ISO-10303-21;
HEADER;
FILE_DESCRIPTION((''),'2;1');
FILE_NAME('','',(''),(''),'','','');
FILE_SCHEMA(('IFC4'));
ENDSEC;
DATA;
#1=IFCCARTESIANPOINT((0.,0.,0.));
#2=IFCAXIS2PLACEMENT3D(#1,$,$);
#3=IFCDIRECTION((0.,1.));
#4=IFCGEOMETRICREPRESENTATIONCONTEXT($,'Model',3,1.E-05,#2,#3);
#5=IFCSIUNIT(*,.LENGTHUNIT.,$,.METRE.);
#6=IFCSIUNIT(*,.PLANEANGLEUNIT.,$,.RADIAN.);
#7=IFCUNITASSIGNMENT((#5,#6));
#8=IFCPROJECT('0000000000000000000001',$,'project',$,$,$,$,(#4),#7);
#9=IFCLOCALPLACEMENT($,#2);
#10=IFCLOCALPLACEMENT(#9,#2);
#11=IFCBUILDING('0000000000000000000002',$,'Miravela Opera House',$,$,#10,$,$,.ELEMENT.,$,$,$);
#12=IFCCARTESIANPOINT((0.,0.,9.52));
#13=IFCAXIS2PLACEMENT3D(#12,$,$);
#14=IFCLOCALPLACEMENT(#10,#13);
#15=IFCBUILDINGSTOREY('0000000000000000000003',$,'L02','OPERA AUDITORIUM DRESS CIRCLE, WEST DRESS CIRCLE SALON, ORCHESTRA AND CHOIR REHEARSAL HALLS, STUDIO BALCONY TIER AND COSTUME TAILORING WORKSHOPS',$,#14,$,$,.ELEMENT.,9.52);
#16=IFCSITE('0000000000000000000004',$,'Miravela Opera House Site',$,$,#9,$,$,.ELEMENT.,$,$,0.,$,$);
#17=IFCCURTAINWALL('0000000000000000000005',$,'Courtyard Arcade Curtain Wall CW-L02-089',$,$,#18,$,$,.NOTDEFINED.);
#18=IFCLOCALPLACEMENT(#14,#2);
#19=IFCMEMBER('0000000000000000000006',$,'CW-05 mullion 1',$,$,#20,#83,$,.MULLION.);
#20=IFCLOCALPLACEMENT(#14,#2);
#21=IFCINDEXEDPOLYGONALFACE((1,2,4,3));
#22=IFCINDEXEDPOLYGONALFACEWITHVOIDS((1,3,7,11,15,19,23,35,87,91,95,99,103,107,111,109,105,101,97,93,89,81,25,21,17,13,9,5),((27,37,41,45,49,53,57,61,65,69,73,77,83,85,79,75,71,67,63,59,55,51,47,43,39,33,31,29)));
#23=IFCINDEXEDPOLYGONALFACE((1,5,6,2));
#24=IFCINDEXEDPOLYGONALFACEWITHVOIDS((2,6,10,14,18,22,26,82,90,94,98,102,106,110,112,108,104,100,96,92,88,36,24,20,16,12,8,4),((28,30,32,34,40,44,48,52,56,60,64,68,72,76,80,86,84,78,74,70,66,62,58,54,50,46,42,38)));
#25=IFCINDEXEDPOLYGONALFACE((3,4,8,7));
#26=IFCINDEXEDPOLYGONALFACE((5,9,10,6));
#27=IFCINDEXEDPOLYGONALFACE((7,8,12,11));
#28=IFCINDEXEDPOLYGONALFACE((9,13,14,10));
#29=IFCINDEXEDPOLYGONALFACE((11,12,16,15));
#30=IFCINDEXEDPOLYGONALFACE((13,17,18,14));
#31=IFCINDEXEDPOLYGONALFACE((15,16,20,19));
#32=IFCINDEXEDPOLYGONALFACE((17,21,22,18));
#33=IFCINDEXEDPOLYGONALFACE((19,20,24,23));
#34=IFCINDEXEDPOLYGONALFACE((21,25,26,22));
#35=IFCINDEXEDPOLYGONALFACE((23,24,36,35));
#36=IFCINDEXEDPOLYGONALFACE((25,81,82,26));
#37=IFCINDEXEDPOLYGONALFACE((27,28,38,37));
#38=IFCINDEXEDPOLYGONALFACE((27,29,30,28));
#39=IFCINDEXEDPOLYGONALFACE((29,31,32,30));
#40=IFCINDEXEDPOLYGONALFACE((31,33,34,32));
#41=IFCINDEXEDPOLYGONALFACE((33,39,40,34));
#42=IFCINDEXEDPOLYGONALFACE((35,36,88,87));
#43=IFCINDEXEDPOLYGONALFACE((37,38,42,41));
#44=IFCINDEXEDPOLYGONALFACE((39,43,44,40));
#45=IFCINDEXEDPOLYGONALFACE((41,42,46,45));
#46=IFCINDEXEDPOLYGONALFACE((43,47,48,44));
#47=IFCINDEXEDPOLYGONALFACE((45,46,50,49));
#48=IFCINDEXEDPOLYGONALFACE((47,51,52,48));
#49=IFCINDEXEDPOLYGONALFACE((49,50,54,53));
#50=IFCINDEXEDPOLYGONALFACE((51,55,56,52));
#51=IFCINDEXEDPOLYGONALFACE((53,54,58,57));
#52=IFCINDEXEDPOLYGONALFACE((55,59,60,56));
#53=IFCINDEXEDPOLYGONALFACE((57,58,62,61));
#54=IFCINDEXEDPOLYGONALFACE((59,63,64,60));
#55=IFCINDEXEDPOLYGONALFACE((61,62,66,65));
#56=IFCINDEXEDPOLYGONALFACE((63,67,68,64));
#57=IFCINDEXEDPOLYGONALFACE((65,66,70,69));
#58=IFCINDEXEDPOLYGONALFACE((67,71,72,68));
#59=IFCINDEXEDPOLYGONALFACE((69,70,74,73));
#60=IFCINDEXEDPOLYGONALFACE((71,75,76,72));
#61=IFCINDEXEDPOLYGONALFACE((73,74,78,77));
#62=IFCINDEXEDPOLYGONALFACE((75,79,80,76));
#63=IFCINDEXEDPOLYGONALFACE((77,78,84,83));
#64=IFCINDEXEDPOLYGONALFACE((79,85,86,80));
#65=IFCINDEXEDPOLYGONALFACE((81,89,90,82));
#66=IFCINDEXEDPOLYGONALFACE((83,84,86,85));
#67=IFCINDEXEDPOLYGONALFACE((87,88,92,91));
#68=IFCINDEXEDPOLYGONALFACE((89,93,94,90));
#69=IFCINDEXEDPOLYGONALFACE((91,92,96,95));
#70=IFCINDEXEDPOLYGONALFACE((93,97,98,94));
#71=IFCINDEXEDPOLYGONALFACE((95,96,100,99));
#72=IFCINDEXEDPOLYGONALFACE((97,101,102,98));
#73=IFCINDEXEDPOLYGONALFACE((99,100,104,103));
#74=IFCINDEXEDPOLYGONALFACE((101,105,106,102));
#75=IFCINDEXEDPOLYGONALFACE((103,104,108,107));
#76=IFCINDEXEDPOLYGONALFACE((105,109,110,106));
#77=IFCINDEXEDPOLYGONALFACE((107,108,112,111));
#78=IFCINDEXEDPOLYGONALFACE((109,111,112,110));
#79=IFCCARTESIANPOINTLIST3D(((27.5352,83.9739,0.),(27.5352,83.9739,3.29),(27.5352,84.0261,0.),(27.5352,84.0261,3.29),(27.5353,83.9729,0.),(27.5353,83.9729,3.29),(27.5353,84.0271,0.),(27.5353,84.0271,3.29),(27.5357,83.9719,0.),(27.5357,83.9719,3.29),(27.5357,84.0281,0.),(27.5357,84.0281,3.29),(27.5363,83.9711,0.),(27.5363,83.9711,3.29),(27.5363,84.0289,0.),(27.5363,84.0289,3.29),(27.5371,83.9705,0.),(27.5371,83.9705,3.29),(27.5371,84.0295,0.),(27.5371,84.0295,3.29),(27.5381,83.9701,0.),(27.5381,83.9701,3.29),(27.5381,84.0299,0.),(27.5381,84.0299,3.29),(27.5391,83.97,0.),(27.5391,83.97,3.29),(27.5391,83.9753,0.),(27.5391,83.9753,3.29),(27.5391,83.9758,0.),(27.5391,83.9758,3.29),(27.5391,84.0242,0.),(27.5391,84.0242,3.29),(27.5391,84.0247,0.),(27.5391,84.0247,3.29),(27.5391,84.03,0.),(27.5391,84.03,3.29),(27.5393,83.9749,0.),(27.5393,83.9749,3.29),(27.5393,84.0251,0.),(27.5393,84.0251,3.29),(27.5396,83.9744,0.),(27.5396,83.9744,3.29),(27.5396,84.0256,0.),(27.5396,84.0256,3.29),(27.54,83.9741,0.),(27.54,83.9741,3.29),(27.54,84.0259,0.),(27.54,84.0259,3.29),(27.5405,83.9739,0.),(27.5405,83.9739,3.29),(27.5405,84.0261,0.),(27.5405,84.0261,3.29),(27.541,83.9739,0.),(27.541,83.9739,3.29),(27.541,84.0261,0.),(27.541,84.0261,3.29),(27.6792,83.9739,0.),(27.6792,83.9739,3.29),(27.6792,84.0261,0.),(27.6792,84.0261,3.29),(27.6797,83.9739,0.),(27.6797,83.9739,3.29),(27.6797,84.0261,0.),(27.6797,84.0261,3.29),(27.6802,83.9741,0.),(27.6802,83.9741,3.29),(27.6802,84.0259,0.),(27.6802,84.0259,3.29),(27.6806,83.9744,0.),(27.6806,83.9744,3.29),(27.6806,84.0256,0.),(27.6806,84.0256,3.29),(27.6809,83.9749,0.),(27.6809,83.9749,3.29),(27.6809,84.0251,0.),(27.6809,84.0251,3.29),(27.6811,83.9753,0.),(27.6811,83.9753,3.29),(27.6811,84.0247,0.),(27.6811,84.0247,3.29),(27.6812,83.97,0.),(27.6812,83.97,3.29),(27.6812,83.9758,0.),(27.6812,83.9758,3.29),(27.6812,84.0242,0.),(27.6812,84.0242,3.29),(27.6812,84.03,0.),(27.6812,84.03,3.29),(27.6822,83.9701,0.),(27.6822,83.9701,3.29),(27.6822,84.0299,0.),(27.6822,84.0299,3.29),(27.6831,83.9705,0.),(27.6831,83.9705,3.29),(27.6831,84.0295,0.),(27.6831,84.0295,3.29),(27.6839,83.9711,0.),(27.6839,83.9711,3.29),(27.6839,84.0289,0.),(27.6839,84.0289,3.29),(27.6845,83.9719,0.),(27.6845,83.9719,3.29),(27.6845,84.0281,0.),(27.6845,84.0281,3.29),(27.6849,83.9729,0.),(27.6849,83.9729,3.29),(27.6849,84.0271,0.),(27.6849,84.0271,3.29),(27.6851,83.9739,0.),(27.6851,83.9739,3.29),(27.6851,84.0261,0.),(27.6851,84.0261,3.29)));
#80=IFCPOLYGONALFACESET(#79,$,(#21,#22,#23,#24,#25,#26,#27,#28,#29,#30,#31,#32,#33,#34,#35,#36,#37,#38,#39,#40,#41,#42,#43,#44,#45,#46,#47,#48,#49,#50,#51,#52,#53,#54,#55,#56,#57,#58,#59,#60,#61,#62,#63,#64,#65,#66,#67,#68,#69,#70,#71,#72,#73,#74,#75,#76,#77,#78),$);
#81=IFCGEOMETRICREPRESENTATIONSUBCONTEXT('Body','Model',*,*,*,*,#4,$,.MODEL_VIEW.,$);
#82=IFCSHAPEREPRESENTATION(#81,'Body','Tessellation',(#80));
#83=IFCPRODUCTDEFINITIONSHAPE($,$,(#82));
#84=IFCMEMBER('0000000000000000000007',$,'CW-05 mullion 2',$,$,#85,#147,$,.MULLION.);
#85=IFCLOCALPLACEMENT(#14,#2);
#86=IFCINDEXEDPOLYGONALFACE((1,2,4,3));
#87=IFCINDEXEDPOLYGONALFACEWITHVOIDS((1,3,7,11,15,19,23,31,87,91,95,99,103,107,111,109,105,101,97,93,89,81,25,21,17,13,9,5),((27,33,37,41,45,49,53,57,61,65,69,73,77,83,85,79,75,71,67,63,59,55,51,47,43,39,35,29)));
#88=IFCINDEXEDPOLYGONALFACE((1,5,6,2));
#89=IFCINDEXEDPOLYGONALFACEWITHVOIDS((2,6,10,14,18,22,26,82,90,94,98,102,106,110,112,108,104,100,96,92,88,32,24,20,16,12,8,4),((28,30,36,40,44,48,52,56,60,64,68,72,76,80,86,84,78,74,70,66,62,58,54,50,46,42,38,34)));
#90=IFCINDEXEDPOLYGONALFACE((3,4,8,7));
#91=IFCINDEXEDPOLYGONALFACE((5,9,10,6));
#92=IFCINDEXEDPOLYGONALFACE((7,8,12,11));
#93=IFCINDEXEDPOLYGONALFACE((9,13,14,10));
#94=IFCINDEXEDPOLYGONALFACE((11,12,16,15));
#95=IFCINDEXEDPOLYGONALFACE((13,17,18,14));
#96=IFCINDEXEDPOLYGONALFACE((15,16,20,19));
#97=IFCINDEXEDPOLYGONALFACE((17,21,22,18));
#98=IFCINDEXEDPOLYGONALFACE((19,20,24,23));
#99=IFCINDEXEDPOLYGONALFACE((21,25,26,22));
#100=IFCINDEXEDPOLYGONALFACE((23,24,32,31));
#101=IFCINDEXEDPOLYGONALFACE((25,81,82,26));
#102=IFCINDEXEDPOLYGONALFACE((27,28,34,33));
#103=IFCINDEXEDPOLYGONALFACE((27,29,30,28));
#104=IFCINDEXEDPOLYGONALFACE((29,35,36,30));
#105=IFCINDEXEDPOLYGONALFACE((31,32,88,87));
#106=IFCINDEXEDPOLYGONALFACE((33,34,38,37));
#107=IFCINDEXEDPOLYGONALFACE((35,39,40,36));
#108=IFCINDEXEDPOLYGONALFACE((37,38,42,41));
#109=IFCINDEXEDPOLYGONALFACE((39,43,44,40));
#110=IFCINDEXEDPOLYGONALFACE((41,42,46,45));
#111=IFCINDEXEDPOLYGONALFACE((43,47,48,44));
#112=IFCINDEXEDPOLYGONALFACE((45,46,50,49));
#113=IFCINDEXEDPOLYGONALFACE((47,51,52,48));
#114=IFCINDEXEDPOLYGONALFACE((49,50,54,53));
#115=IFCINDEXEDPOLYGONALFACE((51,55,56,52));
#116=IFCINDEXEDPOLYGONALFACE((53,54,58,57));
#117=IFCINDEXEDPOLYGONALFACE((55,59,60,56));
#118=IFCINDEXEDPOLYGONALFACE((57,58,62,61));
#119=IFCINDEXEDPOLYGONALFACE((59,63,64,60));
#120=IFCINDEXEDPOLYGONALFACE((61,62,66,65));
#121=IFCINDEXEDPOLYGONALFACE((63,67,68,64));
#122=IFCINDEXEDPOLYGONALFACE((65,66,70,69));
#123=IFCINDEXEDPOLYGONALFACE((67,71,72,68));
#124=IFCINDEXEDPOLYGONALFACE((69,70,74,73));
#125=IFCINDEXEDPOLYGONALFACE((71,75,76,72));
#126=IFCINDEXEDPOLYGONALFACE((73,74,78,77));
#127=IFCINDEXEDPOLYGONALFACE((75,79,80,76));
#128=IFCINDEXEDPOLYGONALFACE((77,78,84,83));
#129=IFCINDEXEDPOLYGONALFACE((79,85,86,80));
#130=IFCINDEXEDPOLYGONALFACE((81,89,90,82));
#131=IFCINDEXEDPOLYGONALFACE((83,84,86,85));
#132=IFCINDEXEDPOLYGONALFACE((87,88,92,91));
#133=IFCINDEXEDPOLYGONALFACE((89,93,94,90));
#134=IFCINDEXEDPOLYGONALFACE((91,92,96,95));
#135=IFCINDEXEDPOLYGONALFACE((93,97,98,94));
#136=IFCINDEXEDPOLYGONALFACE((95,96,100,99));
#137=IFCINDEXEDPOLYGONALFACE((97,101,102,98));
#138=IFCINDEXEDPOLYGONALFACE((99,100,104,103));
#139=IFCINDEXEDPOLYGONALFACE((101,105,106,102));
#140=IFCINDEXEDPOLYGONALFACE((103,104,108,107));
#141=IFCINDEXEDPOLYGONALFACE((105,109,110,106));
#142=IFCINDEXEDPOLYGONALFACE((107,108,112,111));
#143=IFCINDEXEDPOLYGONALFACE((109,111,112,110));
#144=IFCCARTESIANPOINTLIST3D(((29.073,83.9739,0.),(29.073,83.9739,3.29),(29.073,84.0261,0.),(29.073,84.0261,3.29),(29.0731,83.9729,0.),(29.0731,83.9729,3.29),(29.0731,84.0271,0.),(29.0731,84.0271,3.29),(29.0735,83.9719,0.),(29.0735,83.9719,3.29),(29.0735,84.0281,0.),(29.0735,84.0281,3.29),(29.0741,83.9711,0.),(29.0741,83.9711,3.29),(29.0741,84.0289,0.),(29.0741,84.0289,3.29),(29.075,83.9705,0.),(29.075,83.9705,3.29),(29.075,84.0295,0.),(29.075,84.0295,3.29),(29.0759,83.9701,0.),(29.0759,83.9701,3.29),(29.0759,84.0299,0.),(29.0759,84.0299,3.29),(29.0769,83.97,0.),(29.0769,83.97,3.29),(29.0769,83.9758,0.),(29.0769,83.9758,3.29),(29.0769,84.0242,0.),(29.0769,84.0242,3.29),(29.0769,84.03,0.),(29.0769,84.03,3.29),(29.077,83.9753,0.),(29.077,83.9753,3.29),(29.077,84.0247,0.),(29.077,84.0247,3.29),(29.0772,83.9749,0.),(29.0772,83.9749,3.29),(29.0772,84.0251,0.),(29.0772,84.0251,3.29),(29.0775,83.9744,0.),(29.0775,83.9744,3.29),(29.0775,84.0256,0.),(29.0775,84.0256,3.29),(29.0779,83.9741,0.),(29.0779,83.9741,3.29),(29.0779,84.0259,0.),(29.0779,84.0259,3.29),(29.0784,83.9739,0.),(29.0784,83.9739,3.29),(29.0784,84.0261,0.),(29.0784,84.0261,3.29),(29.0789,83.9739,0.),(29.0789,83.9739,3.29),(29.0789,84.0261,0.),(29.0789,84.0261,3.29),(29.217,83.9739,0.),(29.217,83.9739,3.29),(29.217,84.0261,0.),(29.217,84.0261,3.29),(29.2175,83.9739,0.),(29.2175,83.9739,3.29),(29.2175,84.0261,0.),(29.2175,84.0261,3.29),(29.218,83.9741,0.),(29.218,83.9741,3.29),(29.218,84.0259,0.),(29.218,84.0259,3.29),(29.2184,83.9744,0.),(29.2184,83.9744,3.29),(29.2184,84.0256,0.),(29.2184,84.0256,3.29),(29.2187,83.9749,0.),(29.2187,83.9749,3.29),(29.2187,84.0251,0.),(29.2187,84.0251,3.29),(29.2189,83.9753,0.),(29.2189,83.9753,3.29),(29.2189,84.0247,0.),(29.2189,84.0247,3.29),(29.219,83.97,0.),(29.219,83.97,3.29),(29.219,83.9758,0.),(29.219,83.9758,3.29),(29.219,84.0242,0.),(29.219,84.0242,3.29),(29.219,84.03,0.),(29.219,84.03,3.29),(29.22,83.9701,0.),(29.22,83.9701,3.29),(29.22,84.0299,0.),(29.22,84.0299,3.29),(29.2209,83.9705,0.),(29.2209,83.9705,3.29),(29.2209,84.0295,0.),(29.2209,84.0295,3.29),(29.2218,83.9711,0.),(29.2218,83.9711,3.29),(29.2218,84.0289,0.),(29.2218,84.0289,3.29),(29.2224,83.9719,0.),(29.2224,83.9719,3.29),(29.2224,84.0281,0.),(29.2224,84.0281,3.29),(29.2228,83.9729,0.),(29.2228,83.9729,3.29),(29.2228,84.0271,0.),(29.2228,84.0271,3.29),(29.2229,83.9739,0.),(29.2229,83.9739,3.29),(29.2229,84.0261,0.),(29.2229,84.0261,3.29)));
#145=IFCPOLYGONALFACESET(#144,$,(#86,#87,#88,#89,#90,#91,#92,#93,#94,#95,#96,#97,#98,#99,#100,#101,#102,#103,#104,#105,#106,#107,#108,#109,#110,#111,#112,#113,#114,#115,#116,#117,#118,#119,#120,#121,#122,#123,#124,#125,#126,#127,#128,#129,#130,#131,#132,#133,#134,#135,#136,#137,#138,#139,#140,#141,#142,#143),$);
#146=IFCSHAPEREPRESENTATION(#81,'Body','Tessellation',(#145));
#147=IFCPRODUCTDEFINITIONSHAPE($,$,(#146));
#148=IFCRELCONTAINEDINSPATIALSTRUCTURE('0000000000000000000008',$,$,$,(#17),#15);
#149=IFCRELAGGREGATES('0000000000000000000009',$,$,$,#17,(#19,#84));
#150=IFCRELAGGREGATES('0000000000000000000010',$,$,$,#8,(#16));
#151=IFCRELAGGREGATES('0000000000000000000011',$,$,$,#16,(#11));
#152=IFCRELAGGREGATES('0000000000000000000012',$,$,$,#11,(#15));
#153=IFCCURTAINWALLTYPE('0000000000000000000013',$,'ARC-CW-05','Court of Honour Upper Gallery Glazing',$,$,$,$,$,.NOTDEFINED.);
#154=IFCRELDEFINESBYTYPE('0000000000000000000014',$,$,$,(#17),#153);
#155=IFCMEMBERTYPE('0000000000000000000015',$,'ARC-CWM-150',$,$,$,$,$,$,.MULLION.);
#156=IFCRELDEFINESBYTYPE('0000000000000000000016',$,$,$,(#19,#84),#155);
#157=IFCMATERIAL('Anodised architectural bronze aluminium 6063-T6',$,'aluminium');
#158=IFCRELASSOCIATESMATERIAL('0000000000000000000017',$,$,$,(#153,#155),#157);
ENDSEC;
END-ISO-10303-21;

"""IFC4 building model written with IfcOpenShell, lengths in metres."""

from ifc_helpers import new_model, si_unit, direction, frame, origin, origin_2d, place, context, subcontext, project, spatial, hollow_rectangle, extrude, material, material_profile, profile_set, type_object, element, aggregate, save


model = new_model("IFC4")

# Units and contexts
model_context = context("Model", 3, precision=1e-05, world=origin(), true_north=direction((0.0, 1.0)))
body_context = subcontext(model_context, "Body", "Model", "MODEL_VIEW")
ifc_project = project(units=[si_unit("LENGTHUNIT", "METRE"), si_unit("PLANEANGLEUNIT", "RADIAN")], contexts=[model_context])

# Site, building, storey
site_placement = place(None, origin())
site = spatial("IfcSite", under=ifc_project, at=site_placement, Name="Miravela Opera House Site", CompositionType="ELEMENT", RefElevation=0.0)
building_placement = place(site_placement, origin())
building = spatial("IfcBuilding", under=site, at=building_placement, Name="Miravela Opera House", CompositionType="ELEMENT")
storey_placement = place(building_placement, frame((0.0, 0.0, 9.52)))
storey = spatial("IfcBuildingStorey", under=building, at=storey_placement, Name="L02", Description="OPERA AUDITORIUM DRESS CIRCLE, WEST DRESS CIRCLE SALON, ORCHESTRA AND CHOIR REHEARSAL HALLS, STUDIO BALCONY TIER AND COSTUME TAILORING WORKSHOPS", CompositionType="ELEMENT", Elevation=9.52)

# Curtain wall, members
ifc_material_1 = material(Name="Anodised architectural bronze aluminium 6063-T6", Category="aluminium")
curtain_wall_type = type_object("IfcCurtainWallType", Name="ARC-CW-05", Description="Court of Honour Upper Gallery Glazing", PredefinedType="NOTDEFINED", material=ifc_material_1)
curtain_wall_1_placement = place(storey_placement, origin())
curtain_wall_1 = element("IfcCurtainWall", 1, at=curtain_wall_1_placement, inside=storey, type_object=curtain_wall_type, Name="Courtyard Arcade Curtain Wall CW-L02-089", PredefinedType="NOTDEFINED")
ifc_material_profile_1 = material_profile(ifc_material_1, hollow_rectangle(XDim=0.0601, YDim=0.1499, WallThickness=0.0039, InnerFilletRadius=0.002, OuterFilletRadius=0.0039, at=origin_2d()), Name="CWM-60X150")
ifc_profile_set_1 = profile_set([ifc_material_profile_1])
member_type_1 = type_object("IfcMemberType", Name="ARC-CWM-150", PredefinedType="MULLION", material=ifc_profile_set_1)
member_1_placement = place(storey_placement, frame((27.6101, 84.0, 0.0), z_axis=(0.0, 0.0, 1.0), x_axis=(0.0, 1.0, 0.0)))
member_1 = element("IfcMember", 2, at=member_1_placement, type_object=member_type_1, Name="CW-05 mullion 1", PredefinedType="MULLION", context=body_context, shape_type="SweptSolid", body=[
    extrude(hollow_rectangle(XDim=0.0601, YDim=0.1499, WallThickness=0.0039, InnerFilletRadius=0.002, OuterFilletRadius=0.0039, at=origin_2d()), origin(), (0.0, 0.0, 1.0), 3.29),
])
member_2_placement = place(storey_placement, frame((29.1479, 84.0, 0.0), z_axis=(0.0, 0.0, 1.0), x_axis=(0.0, 1.0, 0.0)))
member_2 = element("IfcMember", 3, at=member_2_placement, type_object=member_type_1, Name="CW-05 mullion 2", PredefinedType="MULLION", context=body_context, shape_type="SweptSolid", body=[
    extrude(hollow_rectangle(XDim=0.0601, YDim=0.1499, WallThickness=0.0039, InnerFilletRadius=0.002, OuterFilletRadius=0.0039, at=origin_2d()), origin(), (0.0, 0.0, 1.0), 3.29),
])

aggregate(curtain_wall_1, [member_1, member_2])

save(model, "model.ifc")
